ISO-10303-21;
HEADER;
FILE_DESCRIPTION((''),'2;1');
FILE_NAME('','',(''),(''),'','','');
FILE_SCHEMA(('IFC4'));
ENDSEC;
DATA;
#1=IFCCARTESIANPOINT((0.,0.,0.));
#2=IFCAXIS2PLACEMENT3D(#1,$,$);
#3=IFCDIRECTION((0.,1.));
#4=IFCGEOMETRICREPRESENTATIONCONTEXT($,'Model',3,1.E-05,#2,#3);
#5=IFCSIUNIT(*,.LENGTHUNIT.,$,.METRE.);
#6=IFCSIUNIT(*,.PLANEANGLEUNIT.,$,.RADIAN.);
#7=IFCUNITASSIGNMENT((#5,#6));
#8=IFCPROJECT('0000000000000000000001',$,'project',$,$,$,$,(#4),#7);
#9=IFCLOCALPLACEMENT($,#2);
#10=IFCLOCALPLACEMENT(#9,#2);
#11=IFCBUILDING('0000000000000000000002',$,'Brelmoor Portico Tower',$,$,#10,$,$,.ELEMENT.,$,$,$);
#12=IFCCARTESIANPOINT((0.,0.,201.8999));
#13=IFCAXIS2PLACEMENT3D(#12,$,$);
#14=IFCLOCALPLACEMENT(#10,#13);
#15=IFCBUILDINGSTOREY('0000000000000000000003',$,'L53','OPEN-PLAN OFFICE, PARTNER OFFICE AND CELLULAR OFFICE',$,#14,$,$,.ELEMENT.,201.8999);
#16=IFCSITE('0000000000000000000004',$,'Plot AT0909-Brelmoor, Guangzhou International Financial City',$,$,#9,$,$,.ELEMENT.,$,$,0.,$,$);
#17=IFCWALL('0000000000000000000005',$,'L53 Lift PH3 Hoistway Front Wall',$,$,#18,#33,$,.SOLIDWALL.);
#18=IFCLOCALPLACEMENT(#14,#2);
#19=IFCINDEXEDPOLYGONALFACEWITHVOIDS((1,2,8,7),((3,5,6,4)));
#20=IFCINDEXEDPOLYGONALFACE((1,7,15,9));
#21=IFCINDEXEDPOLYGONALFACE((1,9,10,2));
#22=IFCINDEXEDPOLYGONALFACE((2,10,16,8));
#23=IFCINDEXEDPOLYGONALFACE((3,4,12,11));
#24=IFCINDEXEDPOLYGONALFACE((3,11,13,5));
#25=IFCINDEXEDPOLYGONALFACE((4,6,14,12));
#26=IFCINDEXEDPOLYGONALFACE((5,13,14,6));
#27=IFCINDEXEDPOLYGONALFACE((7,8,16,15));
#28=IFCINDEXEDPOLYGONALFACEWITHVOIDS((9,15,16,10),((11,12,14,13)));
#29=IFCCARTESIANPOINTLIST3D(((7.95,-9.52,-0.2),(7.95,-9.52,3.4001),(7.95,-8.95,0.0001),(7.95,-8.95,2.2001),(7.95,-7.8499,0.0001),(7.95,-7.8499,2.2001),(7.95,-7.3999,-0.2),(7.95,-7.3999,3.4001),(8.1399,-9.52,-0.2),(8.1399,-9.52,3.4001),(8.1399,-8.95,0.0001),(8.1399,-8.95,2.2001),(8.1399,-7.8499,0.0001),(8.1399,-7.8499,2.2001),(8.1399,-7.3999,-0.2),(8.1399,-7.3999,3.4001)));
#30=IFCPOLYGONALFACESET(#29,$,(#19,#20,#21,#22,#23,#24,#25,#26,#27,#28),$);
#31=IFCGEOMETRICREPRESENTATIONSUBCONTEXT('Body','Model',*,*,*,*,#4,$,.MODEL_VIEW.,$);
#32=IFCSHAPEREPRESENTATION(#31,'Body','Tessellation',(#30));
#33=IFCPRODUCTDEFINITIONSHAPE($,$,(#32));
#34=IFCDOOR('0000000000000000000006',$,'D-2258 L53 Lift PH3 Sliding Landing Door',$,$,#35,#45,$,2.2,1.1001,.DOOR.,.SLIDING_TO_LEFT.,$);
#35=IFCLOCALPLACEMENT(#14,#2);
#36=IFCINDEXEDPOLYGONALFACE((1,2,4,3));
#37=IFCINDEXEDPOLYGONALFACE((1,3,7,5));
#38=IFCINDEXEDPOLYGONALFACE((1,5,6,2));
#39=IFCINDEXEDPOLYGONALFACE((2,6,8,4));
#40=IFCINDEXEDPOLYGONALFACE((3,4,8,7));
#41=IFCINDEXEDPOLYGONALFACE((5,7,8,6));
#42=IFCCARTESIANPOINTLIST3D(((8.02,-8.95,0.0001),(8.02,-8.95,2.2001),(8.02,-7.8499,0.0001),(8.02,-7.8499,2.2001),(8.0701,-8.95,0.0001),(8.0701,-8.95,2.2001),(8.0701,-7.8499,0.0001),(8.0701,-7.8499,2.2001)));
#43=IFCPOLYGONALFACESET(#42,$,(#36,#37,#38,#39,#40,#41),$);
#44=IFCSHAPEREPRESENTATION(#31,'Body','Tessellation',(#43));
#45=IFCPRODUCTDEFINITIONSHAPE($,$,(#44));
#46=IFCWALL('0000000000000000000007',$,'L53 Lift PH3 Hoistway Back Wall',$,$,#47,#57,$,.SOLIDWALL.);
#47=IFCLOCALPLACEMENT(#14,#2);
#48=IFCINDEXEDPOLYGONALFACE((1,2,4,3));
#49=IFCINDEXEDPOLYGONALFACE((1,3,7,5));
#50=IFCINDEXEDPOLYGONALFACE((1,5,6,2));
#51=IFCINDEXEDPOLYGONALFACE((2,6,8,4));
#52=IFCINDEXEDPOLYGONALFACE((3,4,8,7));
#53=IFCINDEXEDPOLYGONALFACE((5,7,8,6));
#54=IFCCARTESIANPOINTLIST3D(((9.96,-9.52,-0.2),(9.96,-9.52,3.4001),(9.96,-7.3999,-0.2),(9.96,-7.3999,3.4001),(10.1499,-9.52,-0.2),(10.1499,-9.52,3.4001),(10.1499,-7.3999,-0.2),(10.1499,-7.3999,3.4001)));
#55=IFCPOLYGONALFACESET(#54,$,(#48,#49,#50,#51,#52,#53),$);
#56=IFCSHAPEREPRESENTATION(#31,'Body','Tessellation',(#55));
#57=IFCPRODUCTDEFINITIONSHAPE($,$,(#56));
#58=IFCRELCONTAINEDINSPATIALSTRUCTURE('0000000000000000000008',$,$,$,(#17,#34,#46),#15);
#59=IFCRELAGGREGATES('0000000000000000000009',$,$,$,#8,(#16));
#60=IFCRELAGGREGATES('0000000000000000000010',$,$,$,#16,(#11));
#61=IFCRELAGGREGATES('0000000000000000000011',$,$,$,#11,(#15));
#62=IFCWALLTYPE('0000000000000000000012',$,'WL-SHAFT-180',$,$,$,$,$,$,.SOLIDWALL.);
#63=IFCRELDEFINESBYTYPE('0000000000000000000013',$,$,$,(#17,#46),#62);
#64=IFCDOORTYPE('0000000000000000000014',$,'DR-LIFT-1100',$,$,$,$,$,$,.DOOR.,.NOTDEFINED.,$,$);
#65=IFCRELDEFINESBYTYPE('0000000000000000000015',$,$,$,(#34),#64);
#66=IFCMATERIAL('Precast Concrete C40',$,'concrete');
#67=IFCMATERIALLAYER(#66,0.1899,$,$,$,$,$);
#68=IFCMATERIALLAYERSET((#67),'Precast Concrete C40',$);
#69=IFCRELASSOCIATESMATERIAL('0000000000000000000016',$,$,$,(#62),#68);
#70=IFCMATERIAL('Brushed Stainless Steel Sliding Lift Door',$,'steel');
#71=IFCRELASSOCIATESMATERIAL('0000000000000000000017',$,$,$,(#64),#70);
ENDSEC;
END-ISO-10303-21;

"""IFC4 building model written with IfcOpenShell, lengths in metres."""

from ifc_helpers import new_model, si_unit, direction, frame, frame_2d, origin, place, context, subcontext, project, spatial, rectangle, extrude, material, layer, layer_set, type_object, element, fill, save


model = new_model("IFC4")

# Units and contexts
model_context = context("Model", 3, precision=1e-05, world=origin(), true_north=direction((0.0, 1.0)))
body_context = subcontext(model_context, "Body", "Model", "MODEL_VIEW")
ifc_project = project(units=[si_unit("LENGTHUNIT", "METRE"), si_unit("PLANEANGLEUNIT", "RADIAN")], contexts=[model_context])

# Site, building, storey
site_placement = place(None, origin())
site = spatial("IfcSite", under=ifc_project, at=site_placement, Name="Plot AT0909-Brelmoor, Guangzhou International Financial City", CompositionType="ELEMENT", RefElevation=0.0)
building_placement = place(site_placement, origin())
building = spatial("IfcBuilding", under=site, at=building_placement, Name="Brelmoor Portico Tower", CompositionType="ELEMENT")
storey_placement = place(building_placement, frame((0.0, 0.0, 201.8999)))
storey = spatial("IfcBuildingStorey", under=building, at=storey_placement, Name="L53", Description="OPEN-PLAN OFFICE, PARTNER OFFICE AND CELLULAR OFFICE", CompositionType="ELEMENT", Elevation=201.8999)

# Wall, opening, door
ifc_material_1 = material(Name="Precast Concrete C40", Category="concrete")
ifc_layer_1 = layer(ifc_material_1, 0.1899)
ifc_layer_set_1 = layer_set([ifc_layer_1], Name="Precast Concrete C40")
wall_type_1 = type_object("IfcWallType", Name="WL-SHAFT-180", PredefinedType="SOLIDWALL", material=ifc_layer_set_1)
wall_1_placement = place(storey_placement, frame((8.0449, -9.52, -0.2), z_axis=(0.0, 0.0, 1.0), x_axis=(0.0, 1.0, 0.0)))
wall_1 = element("IfcWall", 1, at=wall_1_placement, inside=storey, type_object=wall_type_1, Name="L53 Lift PH3 Hoistway Front Wall", PredefinedType="SOLIDWALL", context=body_context, shape_type="SweptSolid", body=[
    extrude(rectangle(XDim=2.1201, YDim=0.1899, at=frame_2d((1.0601, 0.0))), origin(), (0.0, 0.0, 1.0), 3.6001),
])
opening_1_placement = place(wall_1_placement, frame((0.5701, 0.0, 0.2)))
opening_1 = element("IfcOpeningElement", 2, at=opening_1_placement, cuts=wall_1, PredefinedType="OPENING", context=body_context, shape_type="SweptSolid", body=[
    extrude(rectangle(XDim=1.1001, YDim=2.2, at=frame_2d((0.55, 1.1001))), frame((0.0, 0.105, 0.0), z_axis=(0.0, -1.0, 0.0), x_axis=(1.0, 0.0, 0.0)), (0.0, 0.0, 1.0), 0.21),
])
ifc_material_2 = material(Name="Brushed Stainless Steel Sliding Lift Door", Category="steel")
door_type_1 = type_object("IfcDoorType", Name="DR-LIFT-1100", OperationType="NOTDEFINED", PredefinedType="DOOR", material=ifc_material_2)
door_1_placement = place(opening_1_placement, origin())
door_1 = element("IfcDoor", 3, at=door_1_placement, inside=storey, type_object=door_type_1, Name="D-2258 L53 Lift PH3 Sliding Landing Door", OperationType="SLIDING_TO_LEFT", OverallHeight=2.2, OverallWidth=1.1001, PredefinedType="DOOR", context=body_context, shape_type="SweptSolid", body=[
    extrude(rectangle(XDim=1.1001, YDim=2.2, at=frame_2d((0.55, 1.1001))), frame((0.0, 0.0249, 0.0), z_axis=(0.0, -1.0, 0.0), x_axis=(1.0, 0.0, 0.0)), (0.0, 0.0, 1.0), 0.05),
])
fill(opening_1, door_1)

# Wall
wall_2_placement = place(storey_placement, frame((10.0549, -9.52, -0.2), z_axis=(0.0, 0.0, 1.0), x_axis=(0.0, 1.0, 0.0)))
element("IfcWall", 4, at=wall_2_placement, inside=storey, type_object=wall_type_1, Name="L53 Lift PH3 Hoistway Back Wall", PredefinedType="SOLIDWALL", context=body_context, shape_type="SweptSolid", body=[
    extrude(rectangle(XDim=2.1201, YDim=0.1899, at=frame_2d((1.0601, 0.0))), origin(), (0.0, 0.0, 1.0), 3.6001),
])

save(model, "model.ifc")
